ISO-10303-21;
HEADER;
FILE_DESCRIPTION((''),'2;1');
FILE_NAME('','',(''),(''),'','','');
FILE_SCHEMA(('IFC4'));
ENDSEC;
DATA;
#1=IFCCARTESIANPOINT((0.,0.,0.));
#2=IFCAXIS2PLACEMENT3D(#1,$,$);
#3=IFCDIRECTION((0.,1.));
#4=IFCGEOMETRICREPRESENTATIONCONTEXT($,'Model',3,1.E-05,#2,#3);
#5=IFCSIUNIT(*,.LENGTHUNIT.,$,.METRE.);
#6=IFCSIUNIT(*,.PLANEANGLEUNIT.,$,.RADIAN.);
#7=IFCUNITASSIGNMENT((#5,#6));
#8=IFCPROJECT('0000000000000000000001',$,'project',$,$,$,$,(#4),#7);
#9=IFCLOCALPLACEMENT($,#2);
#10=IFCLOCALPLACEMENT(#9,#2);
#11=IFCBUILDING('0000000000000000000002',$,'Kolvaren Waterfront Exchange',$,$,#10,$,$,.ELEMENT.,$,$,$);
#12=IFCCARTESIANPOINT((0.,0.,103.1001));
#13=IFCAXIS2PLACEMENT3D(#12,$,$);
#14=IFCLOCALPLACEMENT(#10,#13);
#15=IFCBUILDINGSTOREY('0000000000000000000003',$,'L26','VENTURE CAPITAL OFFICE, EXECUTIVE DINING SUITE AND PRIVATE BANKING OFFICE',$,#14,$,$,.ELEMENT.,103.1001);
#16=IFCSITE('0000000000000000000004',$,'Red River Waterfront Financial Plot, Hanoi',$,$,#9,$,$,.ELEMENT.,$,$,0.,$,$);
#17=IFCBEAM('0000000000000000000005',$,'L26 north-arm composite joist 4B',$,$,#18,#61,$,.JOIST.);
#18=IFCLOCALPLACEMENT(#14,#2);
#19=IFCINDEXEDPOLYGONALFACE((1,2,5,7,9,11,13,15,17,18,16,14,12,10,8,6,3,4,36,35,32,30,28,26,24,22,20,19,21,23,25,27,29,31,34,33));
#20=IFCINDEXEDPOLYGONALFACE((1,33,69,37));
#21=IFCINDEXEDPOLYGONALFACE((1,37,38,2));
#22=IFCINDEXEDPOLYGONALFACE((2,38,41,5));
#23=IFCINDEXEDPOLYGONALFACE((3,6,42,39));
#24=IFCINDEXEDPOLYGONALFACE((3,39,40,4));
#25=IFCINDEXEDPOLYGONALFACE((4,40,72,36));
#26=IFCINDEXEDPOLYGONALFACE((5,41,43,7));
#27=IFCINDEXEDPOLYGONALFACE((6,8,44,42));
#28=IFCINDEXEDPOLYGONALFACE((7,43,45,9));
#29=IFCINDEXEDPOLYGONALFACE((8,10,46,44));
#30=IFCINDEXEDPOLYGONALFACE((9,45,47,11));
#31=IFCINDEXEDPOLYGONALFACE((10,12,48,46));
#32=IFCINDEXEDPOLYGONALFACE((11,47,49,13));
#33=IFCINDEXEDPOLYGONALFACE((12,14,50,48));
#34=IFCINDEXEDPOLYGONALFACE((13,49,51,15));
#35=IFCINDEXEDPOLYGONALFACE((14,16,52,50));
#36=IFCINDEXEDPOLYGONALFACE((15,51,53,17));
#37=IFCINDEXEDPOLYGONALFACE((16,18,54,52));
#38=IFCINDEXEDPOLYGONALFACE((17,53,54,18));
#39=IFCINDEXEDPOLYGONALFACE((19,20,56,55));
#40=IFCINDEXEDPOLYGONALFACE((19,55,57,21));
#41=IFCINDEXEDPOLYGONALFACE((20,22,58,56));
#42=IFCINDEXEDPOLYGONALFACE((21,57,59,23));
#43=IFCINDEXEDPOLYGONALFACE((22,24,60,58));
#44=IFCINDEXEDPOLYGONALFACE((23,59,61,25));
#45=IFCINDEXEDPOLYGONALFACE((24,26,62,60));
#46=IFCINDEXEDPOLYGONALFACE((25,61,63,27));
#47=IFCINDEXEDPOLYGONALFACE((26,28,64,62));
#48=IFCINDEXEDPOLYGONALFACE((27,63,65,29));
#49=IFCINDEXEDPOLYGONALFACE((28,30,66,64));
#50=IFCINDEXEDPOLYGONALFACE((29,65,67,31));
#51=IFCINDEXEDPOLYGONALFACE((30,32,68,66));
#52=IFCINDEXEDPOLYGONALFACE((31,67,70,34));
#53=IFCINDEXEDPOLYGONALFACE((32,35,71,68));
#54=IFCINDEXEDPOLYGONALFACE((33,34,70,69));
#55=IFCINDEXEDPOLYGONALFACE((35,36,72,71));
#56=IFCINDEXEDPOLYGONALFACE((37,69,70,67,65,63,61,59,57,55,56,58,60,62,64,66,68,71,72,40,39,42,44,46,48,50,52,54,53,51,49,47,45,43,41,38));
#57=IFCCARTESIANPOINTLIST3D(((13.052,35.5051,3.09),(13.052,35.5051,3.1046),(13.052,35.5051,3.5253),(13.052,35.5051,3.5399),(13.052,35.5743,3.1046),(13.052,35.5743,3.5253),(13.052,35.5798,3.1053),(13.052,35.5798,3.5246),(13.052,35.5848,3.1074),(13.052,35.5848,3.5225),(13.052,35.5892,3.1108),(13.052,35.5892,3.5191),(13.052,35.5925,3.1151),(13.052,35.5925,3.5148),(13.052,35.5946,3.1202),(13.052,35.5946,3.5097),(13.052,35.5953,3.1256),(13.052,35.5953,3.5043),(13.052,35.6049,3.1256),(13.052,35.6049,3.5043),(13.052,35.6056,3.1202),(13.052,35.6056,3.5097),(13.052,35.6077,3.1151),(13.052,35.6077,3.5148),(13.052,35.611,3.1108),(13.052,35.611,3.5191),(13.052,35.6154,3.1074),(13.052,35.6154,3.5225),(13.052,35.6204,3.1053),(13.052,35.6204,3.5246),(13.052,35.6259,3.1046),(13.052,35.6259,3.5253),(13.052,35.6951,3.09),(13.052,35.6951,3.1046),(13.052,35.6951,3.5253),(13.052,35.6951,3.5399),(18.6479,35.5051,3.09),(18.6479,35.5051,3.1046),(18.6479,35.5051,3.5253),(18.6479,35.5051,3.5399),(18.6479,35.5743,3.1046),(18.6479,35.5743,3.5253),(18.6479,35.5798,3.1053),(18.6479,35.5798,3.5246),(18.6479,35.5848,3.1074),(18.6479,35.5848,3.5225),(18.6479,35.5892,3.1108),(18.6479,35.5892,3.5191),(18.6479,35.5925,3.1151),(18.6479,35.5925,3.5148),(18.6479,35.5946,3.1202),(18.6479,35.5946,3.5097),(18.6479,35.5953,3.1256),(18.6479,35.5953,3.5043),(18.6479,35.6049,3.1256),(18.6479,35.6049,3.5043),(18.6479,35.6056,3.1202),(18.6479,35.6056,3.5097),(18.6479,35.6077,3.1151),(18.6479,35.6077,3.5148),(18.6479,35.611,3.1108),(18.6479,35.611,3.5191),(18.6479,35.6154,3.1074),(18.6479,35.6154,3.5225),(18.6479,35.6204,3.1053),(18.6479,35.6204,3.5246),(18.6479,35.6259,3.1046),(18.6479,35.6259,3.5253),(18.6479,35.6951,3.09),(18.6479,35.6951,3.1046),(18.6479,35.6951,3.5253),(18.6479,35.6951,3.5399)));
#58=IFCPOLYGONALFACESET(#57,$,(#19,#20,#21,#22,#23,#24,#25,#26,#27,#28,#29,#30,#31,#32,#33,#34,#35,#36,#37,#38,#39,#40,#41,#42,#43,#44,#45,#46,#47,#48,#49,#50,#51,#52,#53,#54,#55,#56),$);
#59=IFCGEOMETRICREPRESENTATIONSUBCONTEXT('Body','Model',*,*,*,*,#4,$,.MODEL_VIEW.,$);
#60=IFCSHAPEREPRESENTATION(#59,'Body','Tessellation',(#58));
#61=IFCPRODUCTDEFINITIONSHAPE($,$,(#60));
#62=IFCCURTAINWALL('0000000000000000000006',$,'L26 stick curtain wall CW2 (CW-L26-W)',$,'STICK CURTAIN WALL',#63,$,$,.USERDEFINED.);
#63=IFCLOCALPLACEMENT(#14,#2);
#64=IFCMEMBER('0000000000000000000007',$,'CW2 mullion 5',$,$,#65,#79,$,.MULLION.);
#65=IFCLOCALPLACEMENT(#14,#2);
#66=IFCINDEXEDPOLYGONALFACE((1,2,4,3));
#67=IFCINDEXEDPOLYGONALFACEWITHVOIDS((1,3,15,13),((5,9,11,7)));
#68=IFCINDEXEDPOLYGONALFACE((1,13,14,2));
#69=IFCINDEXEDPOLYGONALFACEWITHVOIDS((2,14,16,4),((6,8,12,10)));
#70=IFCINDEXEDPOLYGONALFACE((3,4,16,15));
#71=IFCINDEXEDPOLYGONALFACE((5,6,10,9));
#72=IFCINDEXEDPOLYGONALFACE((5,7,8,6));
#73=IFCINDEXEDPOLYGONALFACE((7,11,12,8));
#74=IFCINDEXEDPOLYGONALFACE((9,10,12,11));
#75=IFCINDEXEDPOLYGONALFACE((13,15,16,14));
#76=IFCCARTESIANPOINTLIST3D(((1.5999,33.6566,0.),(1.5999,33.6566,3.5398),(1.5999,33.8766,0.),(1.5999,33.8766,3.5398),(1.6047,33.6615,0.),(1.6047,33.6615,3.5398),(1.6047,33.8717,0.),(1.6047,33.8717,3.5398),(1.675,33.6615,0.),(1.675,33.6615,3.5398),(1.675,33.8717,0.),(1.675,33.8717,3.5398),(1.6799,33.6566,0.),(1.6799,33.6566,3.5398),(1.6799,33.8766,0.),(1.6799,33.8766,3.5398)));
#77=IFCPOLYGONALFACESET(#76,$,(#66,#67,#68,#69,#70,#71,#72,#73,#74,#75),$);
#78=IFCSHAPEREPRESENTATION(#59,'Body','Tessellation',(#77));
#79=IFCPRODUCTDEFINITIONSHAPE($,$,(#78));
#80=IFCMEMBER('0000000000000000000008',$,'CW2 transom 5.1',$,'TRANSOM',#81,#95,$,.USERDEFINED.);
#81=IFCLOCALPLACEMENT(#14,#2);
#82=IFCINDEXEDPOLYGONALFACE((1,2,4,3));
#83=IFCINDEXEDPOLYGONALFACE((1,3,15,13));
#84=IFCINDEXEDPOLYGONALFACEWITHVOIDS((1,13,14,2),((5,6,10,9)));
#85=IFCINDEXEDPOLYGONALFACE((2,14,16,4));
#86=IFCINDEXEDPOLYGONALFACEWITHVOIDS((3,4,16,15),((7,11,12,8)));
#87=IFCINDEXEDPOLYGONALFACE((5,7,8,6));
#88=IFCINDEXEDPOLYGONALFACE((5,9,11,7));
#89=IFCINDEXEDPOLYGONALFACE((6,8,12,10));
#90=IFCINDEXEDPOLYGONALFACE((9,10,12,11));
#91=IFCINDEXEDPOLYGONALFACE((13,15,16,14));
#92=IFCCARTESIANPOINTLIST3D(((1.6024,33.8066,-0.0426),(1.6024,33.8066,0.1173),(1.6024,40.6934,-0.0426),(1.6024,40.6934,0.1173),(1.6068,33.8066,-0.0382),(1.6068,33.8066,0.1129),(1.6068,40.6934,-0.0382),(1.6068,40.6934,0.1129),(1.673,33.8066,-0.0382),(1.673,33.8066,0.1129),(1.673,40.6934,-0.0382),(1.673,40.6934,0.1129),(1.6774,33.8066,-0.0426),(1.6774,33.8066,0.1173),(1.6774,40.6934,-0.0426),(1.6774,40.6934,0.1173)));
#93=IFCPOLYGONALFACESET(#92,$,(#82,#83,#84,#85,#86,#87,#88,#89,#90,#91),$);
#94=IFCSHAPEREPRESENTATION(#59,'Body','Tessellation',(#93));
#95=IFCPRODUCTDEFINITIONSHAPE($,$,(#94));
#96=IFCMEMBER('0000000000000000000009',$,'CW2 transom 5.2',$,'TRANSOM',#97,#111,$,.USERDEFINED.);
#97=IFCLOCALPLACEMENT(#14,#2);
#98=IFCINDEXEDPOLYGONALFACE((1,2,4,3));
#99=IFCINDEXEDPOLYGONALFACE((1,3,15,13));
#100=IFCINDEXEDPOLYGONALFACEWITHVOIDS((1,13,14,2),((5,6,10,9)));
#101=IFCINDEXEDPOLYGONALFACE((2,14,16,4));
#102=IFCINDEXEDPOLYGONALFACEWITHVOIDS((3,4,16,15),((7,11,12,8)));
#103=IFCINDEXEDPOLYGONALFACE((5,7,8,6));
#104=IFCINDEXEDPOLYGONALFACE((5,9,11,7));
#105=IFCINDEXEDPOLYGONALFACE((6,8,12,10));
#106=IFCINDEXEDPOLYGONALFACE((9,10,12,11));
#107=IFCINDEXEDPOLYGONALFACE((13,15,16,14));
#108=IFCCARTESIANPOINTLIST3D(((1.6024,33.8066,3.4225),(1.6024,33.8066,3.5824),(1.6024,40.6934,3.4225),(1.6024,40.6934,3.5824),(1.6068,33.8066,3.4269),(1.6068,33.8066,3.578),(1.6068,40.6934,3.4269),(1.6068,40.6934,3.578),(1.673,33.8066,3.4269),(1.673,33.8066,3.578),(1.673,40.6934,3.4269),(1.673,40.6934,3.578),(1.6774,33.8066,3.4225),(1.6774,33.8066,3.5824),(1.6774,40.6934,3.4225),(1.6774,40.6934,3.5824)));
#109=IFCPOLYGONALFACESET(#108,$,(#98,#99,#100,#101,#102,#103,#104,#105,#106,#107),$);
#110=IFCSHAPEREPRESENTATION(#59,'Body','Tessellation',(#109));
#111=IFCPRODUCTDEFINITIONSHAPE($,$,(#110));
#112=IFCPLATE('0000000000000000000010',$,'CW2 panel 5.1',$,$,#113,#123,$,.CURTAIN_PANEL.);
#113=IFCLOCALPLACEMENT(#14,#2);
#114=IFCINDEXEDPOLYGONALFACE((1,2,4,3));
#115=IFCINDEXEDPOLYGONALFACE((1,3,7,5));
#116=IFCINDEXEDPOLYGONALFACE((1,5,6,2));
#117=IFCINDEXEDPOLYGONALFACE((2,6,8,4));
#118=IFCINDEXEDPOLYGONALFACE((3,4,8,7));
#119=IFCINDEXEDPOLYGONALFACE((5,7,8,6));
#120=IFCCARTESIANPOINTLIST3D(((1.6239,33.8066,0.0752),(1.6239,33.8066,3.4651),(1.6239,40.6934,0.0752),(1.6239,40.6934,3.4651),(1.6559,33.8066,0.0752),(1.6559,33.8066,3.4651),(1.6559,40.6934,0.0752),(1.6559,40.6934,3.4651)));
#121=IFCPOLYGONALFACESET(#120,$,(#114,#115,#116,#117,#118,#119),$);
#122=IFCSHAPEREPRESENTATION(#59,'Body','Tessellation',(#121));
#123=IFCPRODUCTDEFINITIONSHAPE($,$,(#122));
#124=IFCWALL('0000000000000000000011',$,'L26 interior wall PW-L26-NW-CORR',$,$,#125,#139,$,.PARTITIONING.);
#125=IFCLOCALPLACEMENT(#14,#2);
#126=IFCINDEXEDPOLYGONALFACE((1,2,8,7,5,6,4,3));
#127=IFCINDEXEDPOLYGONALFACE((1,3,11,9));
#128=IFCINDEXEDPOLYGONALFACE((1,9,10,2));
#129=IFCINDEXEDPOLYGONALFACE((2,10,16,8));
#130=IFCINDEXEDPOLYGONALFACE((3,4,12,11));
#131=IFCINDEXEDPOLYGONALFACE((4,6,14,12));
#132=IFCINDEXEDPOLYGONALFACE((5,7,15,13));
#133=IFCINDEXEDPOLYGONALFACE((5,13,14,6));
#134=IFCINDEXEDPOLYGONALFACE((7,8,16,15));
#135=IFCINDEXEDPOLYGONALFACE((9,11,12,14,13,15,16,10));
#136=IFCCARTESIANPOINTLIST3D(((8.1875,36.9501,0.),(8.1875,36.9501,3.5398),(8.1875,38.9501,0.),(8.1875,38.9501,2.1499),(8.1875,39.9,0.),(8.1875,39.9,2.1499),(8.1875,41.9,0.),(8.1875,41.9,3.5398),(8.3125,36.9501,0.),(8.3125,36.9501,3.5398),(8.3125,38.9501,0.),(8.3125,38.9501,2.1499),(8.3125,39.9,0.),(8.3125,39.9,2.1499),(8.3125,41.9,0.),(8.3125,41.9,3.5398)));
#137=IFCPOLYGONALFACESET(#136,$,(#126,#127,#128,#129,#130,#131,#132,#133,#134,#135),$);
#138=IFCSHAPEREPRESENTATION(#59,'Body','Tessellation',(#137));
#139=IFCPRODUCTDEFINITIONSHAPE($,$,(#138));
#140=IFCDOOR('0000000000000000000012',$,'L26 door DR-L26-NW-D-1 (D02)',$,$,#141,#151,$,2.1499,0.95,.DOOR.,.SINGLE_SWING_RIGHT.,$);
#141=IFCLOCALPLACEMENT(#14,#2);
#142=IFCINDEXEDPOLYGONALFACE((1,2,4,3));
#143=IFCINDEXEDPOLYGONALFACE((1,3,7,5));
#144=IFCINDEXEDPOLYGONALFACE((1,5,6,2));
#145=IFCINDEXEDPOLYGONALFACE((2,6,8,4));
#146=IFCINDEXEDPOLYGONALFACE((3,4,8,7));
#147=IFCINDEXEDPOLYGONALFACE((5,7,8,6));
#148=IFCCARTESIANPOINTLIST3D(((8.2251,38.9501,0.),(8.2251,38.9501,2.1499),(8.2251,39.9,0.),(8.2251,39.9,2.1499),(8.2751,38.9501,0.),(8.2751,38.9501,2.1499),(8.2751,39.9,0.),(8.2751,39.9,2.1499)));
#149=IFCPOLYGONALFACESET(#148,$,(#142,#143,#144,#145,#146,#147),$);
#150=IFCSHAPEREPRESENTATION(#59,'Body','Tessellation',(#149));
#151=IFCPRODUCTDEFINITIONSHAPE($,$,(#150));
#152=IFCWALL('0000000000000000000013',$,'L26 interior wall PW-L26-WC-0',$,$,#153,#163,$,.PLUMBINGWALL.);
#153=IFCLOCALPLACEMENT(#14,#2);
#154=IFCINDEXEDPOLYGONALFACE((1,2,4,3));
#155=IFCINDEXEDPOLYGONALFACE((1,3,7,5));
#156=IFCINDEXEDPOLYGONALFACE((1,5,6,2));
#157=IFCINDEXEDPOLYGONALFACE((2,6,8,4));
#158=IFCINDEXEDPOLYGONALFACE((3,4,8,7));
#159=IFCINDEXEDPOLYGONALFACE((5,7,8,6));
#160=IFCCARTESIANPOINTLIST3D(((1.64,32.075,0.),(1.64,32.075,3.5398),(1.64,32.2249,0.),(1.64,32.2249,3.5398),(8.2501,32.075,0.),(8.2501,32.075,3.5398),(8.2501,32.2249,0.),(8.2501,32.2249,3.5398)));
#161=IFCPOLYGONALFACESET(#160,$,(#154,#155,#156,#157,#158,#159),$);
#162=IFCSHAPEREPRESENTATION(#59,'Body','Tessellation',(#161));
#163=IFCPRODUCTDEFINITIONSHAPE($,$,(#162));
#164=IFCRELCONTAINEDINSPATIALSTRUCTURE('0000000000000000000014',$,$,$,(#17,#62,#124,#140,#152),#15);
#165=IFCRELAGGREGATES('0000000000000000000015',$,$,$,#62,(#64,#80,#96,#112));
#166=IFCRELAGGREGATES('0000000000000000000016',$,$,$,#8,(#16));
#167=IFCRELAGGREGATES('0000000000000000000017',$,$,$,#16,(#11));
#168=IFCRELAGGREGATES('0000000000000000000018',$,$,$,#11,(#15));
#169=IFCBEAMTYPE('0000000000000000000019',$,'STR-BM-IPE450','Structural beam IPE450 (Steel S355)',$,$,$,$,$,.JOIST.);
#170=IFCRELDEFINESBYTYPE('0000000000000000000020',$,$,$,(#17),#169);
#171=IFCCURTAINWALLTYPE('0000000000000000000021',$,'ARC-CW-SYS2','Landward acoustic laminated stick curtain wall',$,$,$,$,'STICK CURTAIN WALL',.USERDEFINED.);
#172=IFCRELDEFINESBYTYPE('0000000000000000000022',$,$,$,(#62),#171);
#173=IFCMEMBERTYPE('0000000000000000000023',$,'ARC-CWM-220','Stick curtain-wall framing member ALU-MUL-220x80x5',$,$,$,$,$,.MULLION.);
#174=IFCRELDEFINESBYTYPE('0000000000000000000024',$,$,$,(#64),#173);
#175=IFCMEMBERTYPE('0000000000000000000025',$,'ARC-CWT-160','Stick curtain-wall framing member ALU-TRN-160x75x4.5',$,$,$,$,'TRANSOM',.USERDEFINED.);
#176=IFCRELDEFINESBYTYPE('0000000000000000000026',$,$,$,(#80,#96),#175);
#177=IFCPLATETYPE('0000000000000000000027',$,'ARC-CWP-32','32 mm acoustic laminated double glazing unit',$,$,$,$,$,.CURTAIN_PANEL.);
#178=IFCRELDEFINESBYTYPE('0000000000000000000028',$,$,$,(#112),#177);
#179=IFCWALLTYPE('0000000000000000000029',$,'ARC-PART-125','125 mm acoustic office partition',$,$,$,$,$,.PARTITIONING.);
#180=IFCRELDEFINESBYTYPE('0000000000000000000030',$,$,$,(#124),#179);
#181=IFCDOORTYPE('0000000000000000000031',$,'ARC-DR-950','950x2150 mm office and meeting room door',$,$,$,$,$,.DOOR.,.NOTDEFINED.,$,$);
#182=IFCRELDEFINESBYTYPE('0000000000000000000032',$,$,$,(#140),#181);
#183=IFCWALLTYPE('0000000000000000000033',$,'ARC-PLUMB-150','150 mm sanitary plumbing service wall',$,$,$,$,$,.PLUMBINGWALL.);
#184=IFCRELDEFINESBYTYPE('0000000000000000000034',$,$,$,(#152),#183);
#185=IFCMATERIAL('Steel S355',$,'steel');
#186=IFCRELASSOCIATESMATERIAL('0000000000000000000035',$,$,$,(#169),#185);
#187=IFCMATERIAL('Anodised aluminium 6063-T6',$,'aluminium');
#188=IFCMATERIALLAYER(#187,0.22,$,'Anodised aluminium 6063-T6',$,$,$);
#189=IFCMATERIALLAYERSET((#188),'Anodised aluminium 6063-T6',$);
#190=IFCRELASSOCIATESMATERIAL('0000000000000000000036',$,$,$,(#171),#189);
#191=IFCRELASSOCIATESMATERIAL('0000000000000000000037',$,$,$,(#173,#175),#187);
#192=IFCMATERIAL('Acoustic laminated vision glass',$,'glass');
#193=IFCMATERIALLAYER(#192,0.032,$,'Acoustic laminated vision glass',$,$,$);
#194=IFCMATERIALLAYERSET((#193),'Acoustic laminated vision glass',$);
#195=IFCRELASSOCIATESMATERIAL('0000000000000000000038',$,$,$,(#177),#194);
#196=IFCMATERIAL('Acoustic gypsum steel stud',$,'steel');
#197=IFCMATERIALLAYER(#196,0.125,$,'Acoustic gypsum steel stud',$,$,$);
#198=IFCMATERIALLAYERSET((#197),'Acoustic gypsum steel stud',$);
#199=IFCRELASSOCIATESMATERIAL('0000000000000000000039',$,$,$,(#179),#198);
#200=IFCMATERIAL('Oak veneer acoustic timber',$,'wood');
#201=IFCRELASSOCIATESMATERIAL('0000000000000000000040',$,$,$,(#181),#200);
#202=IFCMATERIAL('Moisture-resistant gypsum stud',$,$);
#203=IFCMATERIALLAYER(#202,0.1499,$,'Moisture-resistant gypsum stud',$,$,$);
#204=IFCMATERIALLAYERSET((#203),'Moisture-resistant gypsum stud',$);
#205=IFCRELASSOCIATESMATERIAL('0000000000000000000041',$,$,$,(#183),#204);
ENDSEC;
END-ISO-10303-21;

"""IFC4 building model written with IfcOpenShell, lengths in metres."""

from ifc_helpers import new_model, si_unit, direction, frame, frame_2d, origin, origin_with_axes, origin_2d, place, context, subcontext, project, spatial, rectangle, hollow_rectangle, i_section, extrude, source, transform, mapped, material, layer, layer_set, material_profile, profile_set, type_object, element, fill, aggregate, save


model = new_model("IFC4")

# Units and contexts
model_context = context("Model", 3, precision=1e-05, world=origin(), true_north=direction((0.0, 1.0)))
body_context = subcontext(model_context, "Body", "Model", "MODEL_VIEW")
ifc_project = project(units=[si_unit("LENGTHUNIT", "METRE"), si_unit("PLANEANGLEUNIT", "RADIAN")], contexts=[model_context])

# Site, building, storey
site_placement = place(None, origin())
site = spatial("IfcSite", under=ifc_project, at=site_placement, Name="Red River Waterfront Financial Plot, Hanoi", CompositionType="ELEMENT", RefElevation=0.0)
building_placement = place(site_placement, origin())
building = spatial("IfcBuilding", under=site, at=building_placement, Name="Kolvaren Waterfront Exchange", CompositionType="ELEMENT")
storey_placement = place(building_placement, frame((0.0, 0.0, 103.1001)))
storey = spatial("IfcBuildingStorey", under=building, at=storey_placement, Name="L26", Description="VENTURE CAPITAL OFFICE, EXECUTIVE DINING SUITE AND PRIVATE BANKING OFFICE", CompositionType="ELEMENT", Elevation=103.1001)

# Beam
ifc_material_1 = material(Name="Steel S355", Category="steel")
ifc_material_profile_1 = material_profile(ifc_material_1, i_section(OverallWidth=0.1899, OverallDepth=0.45, WebThickness=0.0095, FlangeThickness=0.0146, FilletRadius=0.021, at=origin_2d()), Name="IPE450")
ifc_profile_set_1 = profile_set([ifc_material_profile_1], Name="Steel S355")
beam_type_1 = type_object("IfcBeamType", Name="STR-BM-IPE450", Description="Structural beam IPE450 (Steel S355)", PredefinedType="JOIST", material=ifc_profile_set_1)
beam_1_placement = place(storey_placement, frame((13.052, 35.6001, 3.3149), z_axis=(1.0, 0.0, 0.0), x_axis=(0.0, 1.0, 0.0)))
element("IfcBeam", 1, at=beam_1_placement, inside=storey, type_object=beam_type_1, Name="L26 north-arm composite joist 4B", PredefinedType="JOIST", context=body_context, shape_type="SweptSolid", body=[
    extrude(i_section(OverallWidth=0.1899, OverallDepth=0.45, WebThickness=0.0095, FlangeThickness=0.0146, FilletRadius=0.021, at=origin_2d()), origin(), (0.0, 0.0, 1.0), 5.5959),
])

# Curtain wall, members, plate
ifc_material_2 = material(Name="Anodised aluminium 6063-T6", Category="aluminium")
ifc_layer_1 = layer(ifc_material_2, 0.22, Name="Anodised aluminium 6063-T6")
ifc_layer_set_1 = layer_set([ifc_layer_1], Name="Anodised aluminium 6063-T6")
curtain_wall_type = type_object("IfcCurtainWallType", Name="ARC-CW-SYS2", Description="Landward acoustic laminated stick curtain wall", ElementType="STICK CURTAIN WALL", PredefinedType="USERDEFINED", material=ifc_layer_set_1)
curtain_wall_placement = place(storey_placement, origin())
curtain_wall = element("IfcCurtainWall", 2, at=curtain_wall_placement, inside=storey, type_object=curtain_wall_type, Name="L26 stick curtain wall CW2 (CW-L26-W)", ObjectType="STICK CURTAIN WALL", PredefinedType="USERDEFINED")
ifc_material_profile_2 = material_profile(ifc_material_2, hollow_rectangle(XDim=0.0801, YDim=0.22, WallThickness=0.0049, at=origin_2d()), Name="ALU-MUL-220x80x5")
ifc_profile_set_2 = profile_set([ifc_material_profile_2], Name="Anodised aluminium 6063-T6")
member_type_1 = type_object("IfcMemberType", Name="ARC-CWM-220", Description="Stick curtain-wall framing member ALU-MUL-220x80x5", PredefinedType="MULLION", material=ifc_profile_set_2)
shared_shape_1 = source(origin_with_axes(), body_context, "Body", "SweptSolid", [
    extrude(hollow_rectangle(XDim=0.0801, YDim=0.22, WallThickness=0.0049, at=origin_2d()), origin(), (0.0, 0.0, 1.0), 3.5398),
])
member_1_placement = place(storey_placement, frame((1.6399, 33.7666, 0.0), z_axis=(0.0, 0.0, 1.0), x_axis=(-1.0, 0.0, 0.0)))
member_1 = element("IfcMember", 3, at=member_1_placement, type_object=member_type_1, Name="CW2 mullion 5", PredefinedType="MULLION", context=body_context, shape_type="MappedRepresentation", body=[
    mapped(shared_shape_1, transform((0.0, 0.0, 0.0), x_axis=(1.0, 0.0, 0.0), y_axis=(0.0, 1.0, 0.0), z_axis=(0.0, 0.0, 1.0), scale=1.0)),
])
ifc_material_profile_3 = material_profile(ifc_material_2, hollow_rectangle(XDim=0.075, YDim=0.1599, WallThickness=0.0044, at=origin_2d()), Name="ALU-TRN-160x75x4.5")
ifc_profile_set_3 = profile_set([ifc_material_profile_3], Name="Anodised aluminium 6063-T6")
member_type_2 = type_object("IfcMemberType", Name="ARC-CWT-160", Description="Stick curtain-wall framing member ALU-TRN-160x75x4.5", ElementType="TRANSOM", PredefinedType="USERDEFINED", material=ifc_profile_set_3)
shared_shape_2 = source(origin_with_axes(), body_context, "Body", "SweptSolid", [
    extrude(hollow_rectangle(XDim=0.075, YDim=0.1599, WallThickness=0.0044, at=origin_2d()), origin(), (0.0, 0.0, 1.0), 6.8867),
])
member_2_placement = place(storey_placement, frame((1.6399, 33.8066, 0.0374), z_axis=(0.0, 1.0, 0.0), x_axis=(-1.0, 0.0, 0.0)))
member_2 = element("IfcMember", 4, at=member_2_placement, type_object=member_type_2, Name="CW2 transom 5.1", ObjectType="TRANSOM", PredefinedType="USERDEFINED", context=body_context, shape_type="MappedRepresentation", body=[
    mapped(shared_shape_2, transform((0.0, 0.0, 0.0), x_axis=(1.0, 0.0, 0.0), y_axis=(0.0, 1.0, 0.0), z_axis=(0.0, 0.0, 1.0), scale=1.0)),
])
member_3_placement = place(storey_placement, frame((1.6399, 33.8066, 3.5024), z_axis=(0.0, 1.0, 0.0), x_axis=(-1.0, 0.0, 0.0)))
member_3 = element("IfcMember", 5, at=member_3_placement, type_object=member_type_2, Name="CW2 transom 5.2", ObjectType="TRANSOM", PredefinedType="USERDEFINED", context=body_context, shape_type="MappedRepresentation", body=[
    mapped(shared_shape_2, transform((0.0, 0.0, 0.0), x_axis=(1.0, 0.0, 0.0), y_axis=(0.0, 1.0, 0.0), z_axis=(0.0, 0.0, 1.0), scale=1.0)),
])
ifc_material_3 = material(Name="Acoustic laminated vision glass", Category="glass")
ifc_layer_2 = layer(ifc_material_3, 0.032, Name="Acoustic laminated vision glass")
ifc_layer_set_2 = layer_set([ifc_layer_2], Name="Acoustic laminated vision glass")
plate_type = type_object("IfcPlateType", Name="ARC-CWP-32", Description="32 mm acoustic laminated double glazing unit", PredefinedType="CURTAIN_PANEL", material=ifc_layer_set_2)
shared_shape_3 = source(origin_with_axes(), body_context, "Body", "SweptSolid", [
    extrude(rectangle(XDim=6.8867, YDim=0.032, at=origin_2d()), origin(), (0.0, 0.0, 1.0), 3.3899),
])
plate_placement = place(storey_placement, frame((1.6399, 37.25, 0.0752), z_axis=(0.0, 0.0, 1.0), x_axis=(0.0, 1.0, 0.0)))
plate = element("IfcPlate", 6, at=plate_placement, type_object=plate_type, Name="CW2 panel 5.1", PredefinedType="CURTAIN_PANEL", context=body_context, shape_type="MappedRepresentation", body=[
    mapped(shared_shape_3, transform((0.0, 0.0, 0.0), x_axis=(1.0, 0.0, 0.0), y_axis=(0.0, 1.0, 0.0), z_axis=(0.0, 0.0, 1.0), scale=1.0)),
])
aggregate(curtain_wall, [member_1, member_2, member_3, plate])

# Wall, opening, door
ifc_material_4 = material(Name="Acoustic gypsum steel stud", Category="steel")
ifc_layer_3 = layer(ifc_material_4, 0.125, Name="Acoustic gypsum steel stud")
ifc_layer_set_3 = layer_set([ifc_layer_3], Name="Acoustic gypsum steel stud")
wall_type_1 = type_object("IfcWallType", Name="ARC-PART-125", Description="125 mm acoustic office partition", PredefinedType="PARTITIONING", material=ifc_layer_set_3)
wall_1_placement = place(storey_placement, frame((8.25, 36.95, 0.0), z_axis=(0.0, 0.0, 1.0), x_axis=(0.0, 1.0, 0.0)))
wall_1 = element("IfcWall", 7, at=wall_1_placement, inside=storey, type_object=wall_type_1, Name="L26 interior wall PW-L26-NW-CORR", PredefinedType="PARTITIONING", context=body_context, shape_type="SweptSolid", body=[
    extrude(rectangle(XDim=4.95, YDim=0.125, at=frame_2d((2.4751, 0.0))), origin(), (0.0, 0.0, 1.0), 3.5398),
])
opening_1_placement = place(wall_1_placement, frame((2.0, 0.0, 0.0)))
opening_1 = element("IfcOpeningElement", 8, at=opening_1_placement, cuts=wall_1, PredefinedType="OPENING", context=body_context, shape_type="SweptSolid", body=[
    extrude(rectangle(XDim=0.95, YDim=2.1499, at=frame_2d((0.4751, 1.075))), frame((0.0, 0.0725, 0.0), z_axis=(0.0, -1.0, 0.0), x_axis=(1.0, 0.0, 0.0)), (0.0, 0.0, 1.0), 0.145),
])
ifc_material_5 = material(Name="Oak veneer acoustic timber", Category="wood")
door_type_1 = type_object("IfcDoorType", Name="ARC-DR-950", Description="950x2150 mm office and meeting room door", OperationType="NOTDEFINED", PredefinedType="DOOR", material=ifc_material_5)
door_1_placement = place(opening_1_placement, origin())
door_1 = element("IfcDoor", 9, at=door_1_placement, inside=storey, type_object=door_type_1, Name="L26 door DR-L26-NW-D-1 (D02)", OperationType="SINGLE_SWING_RIGHT", OverallHeight=2.1499, OverallWidth=0.95, PredefinedType="DOOR", context=body_context, shape_type="SweptSolid", body=[
    extrude(rectangle(XDim=0.95, YDim=2.1499, at=frame_2d((0.4751, 1.075))), frame((0.0, 0.0249, 0.0), z_axis=(0.0, -1.0, 0.0), x_axis=(1.0, 0.0, 0.0)), (0.0, 0.0, 1.0), 0.05),
])
fill(opening_1, door_1)

# Wall
ifc_material_6 = material(Name="Moisture-resistant gypsum stud")
ifc_layer_4 = layer(ifc_material_6, 0.1499, Name="Moisture-resistant gypsum stud")
ifc_layer_set_4 = layer_set([ifc_layer_4], Name="Moisture-resistant gypsum stud")
wall_type_2 = type_object("IfcWallType", Name="ARC-PLUMB-150", Description="150 mm sanitary plumbing service wall", PredefinedType="PLUMBINGWALL", material=ifc_layer_set_4)
wall_2_placement = place(storey_placement, frame((1.6399, 32.1499, 0.0), z_axis=(0.0, 0.0, 1.0), x_axis=(1.0, 0.0, 0.0)))
element("IfcWall", 10, at=wall_2_placement, inside=storey, type_object=wall_type_2, Name="L26 interior wall PW-L26-WC-0", PredefinedType="PLUMBINGWALL", context=body_context, shape_type="SweptSolid", body=[
    extrude(rectangle(XDim=6.6101, YDim=0.1499, at=frame_2d((3.3052, 0.0))), origin(), (0.0, 0.0, 1.0), 3.5398),
])

save(model, "model.ifc")
